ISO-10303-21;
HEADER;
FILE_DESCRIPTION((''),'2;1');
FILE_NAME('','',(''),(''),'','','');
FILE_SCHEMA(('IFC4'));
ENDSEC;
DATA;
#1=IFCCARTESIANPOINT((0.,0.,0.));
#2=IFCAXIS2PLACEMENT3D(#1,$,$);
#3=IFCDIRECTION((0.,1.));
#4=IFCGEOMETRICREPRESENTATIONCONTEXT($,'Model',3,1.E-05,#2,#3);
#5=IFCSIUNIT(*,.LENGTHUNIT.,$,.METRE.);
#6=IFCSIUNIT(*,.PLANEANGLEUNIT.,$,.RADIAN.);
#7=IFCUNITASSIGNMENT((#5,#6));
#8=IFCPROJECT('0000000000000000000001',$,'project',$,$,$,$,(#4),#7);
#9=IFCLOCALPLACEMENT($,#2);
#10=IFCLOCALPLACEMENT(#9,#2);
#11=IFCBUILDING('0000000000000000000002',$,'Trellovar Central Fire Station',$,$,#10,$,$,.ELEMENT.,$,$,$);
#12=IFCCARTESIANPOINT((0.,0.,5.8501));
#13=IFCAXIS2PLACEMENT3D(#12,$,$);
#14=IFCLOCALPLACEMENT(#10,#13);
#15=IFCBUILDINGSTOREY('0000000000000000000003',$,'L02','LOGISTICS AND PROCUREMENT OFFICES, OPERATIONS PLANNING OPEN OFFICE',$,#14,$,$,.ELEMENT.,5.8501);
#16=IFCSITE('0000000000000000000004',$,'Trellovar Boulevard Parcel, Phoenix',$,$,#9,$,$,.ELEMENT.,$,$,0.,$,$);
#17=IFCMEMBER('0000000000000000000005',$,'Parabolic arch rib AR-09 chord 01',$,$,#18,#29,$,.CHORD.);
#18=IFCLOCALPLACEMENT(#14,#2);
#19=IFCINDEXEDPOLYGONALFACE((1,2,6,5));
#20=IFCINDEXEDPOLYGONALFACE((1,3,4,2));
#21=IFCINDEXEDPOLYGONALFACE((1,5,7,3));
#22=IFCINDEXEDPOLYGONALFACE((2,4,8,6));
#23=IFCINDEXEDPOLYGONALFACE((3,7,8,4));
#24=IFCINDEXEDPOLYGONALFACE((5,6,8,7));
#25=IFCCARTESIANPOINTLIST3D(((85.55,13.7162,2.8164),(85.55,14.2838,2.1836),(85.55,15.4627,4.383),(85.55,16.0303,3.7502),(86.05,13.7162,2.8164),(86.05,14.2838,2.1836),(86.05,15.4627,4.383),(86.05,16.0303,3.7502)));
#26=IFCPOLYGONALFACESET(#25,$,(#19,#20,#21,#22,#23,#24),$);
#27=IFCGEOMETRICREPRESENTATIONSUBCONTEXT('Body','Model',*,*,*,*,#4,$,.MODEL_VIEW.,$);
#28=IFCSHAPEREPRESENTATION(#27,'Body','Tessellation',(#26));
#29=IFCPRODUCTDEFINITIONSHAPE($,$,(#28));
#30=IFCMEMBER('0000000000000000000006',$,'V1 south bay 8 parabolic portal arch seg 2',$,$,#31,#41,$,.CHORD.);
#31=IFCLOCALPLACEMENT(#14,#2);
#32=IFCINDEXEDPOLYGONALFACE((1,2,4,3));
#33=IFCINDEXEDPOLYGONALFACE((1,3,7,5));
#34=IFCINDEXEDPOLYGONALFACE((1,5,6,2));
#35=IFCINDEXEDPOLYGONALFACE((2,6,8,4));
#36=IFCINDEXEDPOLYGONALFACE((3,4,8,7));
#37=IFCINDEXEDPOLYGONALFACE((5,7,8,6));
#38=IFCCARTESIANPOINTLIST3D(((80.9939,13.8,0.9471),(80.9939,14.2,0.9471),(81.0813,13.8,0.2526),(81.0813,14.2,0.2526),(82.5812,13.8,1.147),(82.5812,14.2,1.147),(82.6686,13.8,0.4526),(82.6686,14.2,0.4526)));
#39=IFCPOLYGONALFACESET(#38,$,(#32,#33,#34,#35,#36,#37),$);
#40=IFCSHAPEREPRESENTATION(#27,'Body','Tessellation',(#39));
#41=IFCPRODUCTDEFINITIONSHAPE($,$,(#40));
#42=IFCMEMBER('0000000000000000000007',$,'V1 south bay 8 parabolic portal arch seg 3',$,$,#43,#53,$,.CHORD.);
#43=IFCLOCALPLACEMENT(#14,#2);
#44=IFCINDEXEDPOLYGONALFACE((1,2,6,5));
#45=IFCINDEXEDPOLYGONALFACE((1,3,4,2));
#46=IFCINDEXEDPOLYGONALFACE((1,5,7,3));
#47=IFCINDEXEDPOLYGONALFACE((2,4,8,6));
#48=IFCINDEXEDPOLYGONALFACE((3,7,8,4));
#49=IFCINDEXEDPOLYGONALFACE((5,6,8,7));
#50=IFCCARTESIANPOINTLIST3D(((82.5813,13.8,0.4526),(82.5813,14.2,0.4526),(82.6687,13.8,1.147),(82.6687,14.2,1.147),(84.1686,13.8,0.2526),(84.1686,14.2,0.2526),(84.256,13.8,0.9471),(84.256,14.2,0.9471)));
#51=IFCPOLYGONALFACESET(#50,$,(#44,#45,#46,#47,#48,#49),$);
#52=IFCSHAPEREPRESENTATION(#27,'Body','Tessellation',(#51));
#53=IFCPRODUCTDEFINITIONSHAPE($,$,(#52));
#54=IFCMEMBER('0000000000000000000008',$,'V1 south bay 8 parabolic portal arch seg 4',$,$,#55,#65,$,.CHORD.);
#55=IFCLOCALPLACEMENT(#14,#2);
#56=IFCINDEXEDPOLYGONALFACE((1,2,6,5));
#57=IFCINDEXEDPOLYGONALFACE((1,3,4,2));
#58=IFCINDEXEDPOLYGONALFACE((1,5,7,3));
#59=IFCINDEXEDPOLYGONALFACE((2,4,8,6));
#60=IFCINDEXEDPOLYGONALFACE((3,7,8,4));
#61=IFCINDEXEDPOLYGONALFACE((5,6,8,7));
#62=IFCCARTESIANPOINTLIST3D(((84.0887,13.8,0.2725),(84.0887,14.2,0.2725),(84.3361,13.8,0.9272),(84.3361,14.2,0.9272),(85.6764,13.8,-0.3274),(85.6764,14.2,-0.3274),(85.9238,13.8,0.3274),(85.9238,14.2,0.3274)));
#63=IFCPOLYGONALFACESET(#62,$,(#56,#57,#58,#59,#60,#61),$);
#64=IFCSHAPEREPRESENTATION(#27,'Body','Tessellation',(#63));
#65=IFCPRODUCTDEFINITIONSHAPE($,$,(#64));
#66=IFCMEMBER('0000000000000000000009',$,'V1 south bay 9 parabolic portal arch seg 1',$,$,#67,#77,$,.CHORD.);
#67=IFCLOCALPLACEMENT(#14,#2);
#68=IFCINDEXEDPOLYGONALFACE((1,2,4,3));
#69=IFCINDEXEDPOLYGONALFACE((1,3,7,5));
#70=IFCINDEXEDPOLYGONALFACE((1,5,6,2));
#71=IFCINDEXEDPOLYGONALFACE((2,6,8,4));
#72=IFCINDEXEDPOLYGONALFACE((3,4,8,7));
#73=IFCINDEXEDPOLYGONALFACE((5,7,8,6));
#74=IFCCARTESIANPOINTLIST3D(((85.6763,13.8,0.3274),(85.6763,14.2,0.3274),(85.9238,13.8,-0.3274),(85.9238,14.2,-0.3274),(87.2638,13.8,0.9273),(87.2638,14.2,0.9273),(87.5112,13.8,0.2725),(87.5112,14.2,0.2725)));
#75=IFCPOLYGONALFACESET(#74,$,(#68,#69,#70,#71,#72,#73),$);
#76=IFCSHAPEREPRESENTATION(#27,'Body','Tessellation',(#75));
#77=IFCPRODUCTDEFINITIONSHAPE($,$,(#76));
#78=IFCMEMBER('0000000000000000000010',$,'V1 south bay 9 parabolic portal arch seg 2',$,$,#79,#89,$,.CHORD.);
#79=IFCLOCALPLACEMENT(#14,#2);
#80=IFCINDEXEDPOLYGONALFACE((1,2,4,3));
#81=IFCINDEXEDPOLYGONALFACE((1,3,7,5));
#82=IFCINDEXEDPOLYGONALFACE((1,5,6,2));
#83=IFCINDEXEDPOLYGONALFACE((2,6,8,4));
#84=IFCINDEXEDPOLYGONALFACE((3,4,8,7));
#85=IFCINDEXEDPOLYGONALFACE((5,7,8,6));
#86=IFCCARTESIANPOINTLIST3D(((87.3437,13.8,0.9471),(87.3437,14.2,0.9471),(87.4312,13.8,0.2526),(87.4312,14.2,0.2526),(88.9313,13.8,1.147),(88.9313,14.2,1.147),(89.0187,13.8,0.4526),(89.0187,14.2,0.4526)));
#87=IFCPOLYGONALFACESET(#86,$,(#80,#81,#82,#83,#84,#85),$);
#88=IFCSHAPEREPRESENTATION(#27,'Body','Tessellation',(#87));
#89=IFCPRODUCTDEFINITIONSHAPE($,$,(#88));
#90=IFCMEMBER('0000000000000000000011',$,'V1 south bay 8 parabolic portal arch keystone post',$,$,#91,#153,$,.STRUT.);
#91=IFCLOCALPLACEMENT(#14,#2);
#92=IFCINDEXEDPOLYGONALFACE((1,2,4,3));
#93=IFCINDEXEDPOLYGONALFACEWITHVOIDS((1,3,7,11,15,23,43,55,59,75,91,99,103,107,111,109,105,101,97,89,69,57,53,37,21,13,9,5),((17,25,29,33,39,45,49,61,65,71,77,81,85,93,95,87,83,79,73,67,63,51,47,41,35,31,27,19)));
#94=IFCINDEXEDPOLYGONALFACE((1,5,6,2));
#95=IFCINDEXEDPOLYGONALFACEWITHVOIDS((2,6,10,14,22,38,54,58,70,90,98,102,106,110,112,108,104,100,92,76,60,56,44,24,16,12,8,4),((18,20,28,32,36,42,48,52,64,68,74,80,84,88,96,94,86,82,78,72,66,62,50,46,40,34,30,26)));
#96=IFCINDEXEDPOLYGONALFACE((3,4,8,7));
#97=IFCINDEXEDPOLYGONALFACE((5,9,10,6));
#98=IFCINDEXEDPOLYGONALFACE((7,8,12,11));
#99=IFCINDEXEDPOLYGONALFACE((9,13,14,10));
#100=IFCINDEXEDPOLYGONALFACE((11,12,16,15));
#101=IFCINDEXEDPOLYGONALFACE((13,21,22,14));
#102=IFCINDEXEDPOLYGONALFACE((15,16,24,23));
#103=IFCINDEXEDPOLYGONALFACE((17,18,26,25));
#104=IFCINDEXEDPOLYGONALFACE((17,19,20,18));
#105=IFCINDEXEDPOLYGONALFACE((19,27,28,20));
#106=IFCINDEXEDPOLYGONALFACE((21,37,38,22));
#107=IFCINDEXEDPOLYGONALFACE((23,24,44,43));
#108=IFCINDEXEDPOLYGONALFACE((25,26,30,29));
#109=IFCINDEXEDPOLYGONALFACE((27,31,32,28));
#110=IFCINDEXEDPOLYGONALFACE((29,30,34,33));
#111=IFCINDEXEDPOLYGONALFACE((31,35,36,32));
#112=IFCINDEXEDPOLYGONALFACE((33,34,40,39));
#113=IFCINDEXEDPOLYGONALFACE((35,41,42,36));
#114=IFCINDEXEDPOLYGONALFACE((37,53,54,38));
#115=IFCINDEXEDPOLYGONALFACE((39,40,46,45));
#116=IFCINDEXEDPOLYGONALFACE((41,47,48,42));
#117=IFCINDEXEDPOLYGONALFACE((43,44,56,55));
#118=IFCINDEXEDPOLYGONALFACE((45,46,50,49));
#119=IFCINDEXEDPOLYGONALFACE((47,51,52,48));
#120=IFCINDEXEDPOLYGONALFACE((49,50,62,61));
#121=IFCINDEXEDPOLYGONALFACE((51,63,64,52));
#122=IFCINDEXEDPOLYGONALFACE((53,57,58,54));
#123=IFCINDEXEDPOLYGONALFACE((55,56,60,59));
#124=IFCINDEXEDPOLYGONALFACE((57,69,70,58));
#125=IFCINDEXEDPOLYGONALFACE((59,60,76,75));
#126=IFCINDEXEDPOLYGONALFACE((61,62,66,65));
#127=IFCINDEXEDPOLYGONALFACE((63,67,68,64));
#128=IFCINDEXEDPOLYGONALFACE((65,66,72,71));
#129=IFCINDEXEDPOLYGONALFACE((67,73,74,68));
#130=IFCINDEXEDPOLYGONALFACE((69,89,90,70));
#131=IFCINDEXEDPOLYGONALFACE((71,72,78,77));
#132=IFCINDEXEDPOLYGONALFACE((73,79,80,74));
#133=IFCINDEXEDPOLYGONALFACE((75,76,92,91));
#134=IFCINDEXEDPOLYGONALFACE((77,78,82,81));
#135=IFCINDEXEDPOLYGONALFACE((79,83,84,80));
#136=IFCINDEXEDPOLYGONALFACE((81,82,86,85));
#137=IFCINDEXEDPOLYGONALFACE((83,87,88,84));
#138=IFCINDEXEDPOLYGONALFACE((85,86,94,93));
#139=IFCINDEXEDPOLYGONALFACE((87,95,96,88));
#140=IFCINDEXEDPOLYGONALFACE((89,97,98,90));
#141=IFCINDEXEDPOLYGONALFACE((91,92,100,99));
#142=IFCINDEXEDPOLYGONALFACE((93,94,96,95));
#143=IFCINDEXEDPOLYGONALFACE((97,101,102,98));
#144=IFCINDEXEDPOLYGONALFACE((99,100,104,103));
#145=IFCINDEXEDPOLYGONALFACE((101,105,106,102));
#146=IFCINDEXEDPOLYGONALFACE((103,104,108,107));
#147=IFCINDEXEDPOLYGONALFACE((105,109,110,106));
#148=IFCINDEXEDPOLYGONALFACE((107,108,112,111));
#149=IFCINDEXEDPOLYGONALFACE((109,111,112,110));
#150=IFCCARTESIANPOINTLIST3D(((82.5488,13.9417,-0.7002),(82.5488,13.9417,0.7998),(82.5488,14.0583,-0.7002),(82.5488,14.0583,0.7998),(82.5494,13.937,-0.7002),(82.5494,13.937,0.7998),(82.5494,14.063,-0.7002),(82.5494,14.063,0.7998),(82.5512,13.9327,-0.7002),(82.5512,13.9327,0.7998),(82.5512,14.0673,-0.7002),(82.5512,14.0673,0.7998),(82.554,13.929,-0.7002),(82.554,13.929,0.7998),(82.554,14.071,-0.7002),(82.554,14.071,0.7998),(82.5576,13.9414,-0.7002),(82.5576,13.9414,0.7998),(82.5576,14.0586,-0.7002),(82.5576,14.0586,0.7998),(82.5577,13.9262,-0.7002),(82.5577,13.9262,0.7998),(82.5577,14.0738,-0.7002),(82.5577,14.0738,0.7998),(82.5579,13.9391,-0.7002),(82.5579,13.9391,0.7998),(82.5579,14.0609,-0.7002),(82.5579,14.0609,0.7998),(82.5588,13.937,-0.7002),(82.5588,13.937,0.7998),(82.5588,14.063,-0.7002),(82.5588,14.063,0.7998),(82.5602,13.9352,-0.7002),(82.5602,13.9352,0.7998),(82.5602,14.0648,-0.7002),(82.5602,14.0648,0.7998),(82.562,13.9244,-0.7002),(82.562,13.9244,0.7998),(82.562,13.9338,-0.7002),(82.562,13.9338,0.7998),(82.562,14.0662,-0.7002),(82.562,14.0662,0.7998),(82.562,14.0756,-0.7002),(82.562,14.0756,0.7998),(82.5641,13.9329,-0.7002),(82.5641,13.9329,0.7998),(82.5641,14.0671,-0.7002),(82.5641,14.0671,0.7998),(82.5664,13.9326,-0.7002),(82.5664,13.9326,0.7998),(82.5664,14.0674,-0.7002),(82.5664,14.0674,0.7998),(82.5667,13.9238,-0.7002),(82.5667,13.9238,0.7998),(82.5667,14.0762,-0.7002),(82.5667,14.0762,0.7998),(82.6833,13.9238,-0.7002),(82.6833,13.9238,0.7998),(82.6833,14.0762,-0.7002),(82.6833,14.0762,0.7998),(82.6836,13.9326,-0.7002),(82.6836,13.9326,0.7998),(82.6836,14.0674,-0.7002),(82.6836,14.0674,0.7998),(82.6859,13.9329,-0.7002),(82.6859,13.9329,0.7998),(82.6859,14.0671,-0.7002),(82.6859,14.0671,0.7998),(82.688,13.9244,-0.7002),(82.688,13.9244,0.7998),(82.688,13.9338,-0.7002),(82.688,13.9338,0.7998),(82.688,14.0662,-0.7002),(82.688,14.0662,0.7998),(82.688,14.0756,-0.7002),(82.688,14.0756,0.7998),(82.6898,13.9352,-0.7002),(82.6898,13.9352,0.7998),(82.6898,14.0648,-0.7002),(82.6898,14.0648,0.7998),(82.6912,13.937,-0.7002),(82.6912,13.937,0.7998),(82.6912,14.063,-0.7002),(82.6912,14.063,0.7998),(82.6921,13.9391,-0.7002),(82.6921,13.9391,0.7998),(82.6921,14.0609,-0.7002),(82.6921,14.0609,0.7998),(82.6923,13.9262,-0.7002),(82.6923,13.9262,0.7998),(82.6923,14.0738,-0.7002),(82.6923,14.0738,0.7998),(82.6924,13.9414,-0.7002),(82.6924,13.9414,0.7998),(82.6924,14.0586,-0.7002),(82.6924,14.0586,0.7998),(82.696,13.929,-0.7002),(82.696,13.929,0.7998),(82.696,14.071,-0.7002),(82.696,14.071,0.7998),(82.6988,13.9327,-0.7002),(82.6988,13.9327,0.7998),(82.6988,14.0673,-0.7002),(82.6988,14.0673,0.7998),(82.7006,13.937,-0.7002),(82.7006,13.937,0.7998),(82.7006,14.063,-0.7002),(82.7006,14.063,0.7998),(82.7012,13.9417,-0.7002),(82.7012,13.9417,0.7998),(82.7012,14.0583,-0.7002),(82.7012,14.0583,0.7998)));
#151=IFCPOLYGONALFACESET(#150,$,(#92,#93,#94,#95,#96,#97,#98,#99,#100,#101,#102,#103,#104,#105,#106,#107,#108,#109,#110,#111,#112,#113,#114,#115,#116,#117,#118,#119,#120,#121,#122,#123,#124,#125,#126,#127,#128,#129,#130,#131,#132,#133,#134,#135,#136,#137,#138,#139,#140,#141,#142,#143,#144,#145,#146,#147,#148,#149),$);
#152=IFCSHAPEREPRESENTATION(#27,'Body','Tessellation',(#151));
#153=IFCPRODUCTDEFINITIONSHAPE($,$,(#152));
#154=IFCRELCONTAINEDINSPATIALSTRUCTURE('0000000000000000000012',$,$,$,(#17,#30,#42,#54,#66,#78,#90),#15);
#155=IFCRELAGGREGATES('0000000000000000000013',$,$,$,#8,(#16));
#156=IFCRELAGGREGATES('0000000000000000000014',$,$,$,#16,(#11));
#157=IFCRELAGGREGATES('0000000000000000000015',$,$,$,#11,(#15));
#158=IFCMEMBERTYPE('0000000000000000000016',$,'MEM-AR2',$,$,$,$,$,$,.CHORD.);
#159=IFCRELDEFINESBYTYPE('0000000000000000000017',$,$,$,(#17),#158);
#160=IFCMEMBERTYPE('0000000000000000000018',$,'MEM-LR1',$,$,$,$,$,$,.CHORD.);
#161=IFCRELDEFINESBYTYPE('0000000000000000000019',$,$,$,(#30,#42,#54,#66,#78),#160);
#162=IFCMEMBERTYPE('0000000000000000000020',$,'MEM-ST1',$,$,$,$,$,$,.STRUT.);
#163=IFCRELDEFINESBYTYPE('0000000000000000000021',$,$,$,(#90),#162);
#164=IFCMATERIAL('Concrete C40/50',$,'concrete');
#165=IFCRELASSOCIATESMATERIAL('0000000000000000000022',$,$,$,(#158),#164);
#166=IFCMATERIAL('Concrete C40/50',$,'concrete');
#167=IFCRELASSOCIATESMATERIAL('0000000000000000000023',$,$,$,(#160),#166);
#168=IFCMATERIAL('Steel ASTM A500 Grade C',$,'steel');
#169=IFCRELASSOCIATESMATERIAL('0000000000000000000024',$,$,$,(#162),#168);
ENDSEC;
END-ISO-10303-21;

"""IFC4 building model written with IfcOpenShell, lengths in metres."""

from ifc_helpers import new_model, si_unit, direction, frame, origin, origin_2d, place, context, subcontext, project, spatial, rectangle, hollow_rectangle, extrude, material, material_profile, profile_set, type_object, element, save


model = new_model("IFC4")

# Units and contexts
model_context = context("Model", 3, precision=1e-05, world=origin(), true_north=direction((0.0, 1.0)))
body_context = subcontext(model_context, "Body", "Model", "MODEL_VIEW")
ifc_project = project(units=[si_unit("LENGTHUNIT", "METRE"), si_unit("PLANEANGLEUNIT", "RADIAN")], contexts=[model_context])

# Site, building, storey
site_placement = place(None, origin())
site = spatial("IfcSite", under=ifc_project, at=site_placement, Name="Trellovar Boulevard Parcel, Phoenix", CompositionType="ELEMENT", RefElevation=0.0)
building_placement = place(site_placement, origin())
building = spatial("IfcBuilding", under=site, at=building_placement, Name="Trellovar Central Fire Station", CompositionType="ELEMENT")
storey_placement = place(building_placement, frame((0.0, 0.0, 5.8501)))
storey = spatial("IfcBuildingStorey", under=building, at=storey_placement, Name="L02", Description="LOGISTICS AND PROCUREMENT OFFICES, OPERATIONS PLANNING OPEN OFFICE", CompositionType="ELEMENT", Elevation=5.8501)

# Members
ifc_material_1 = material(Name="Concrete C40/50", Category="concrete")
ifc_material_profile_1 = material_profile(ifc_material_1, rectangle(XDim=0.5, YDim=0.8501, at=origin_2d()), Name="RC500X850")
ifc_profile_set_1 = profile_set([ifc_material_profile_1], Name="Concrete C40/50")
member_type_1 = type_object("IfcMemberType", Name="MEM-AR2", PredefinedType="CHORD", material=ifc_profile_set_1)
member_1_placement = place(storey_placement, frame((85.8, 14.0, 2.5), z_axis=(0.0, 0.744411, 0.667722), x_axis=(-1.0, 0.0, 0.0)))
element("IfcMember", 1, at=member_1_placement, inside=storey, type_object=member_type_1, Name="Parabolic arch rib AR-09 chord 01", PredefinedType="CHORD", context=body_context, shape_type="SweptSolid", body=[
    extrude(rectangle(XDim=0.5, YDim=0.8501, at=origin_2d()), origin(), (0.0, 0.0, 1.0), 2.3462),
])
ifc_material_2 = material(Name="Concrete C40/50", Category="concrete")
ifc_material_profile_2 = material_profile(ifc_material_2, rectangle(XDim=0.3999, YDim=0.7, at=origin_2d()), Name="RC400X700")
ifc_profile_set_2 = profile_set([ifc_material_profile_2], Name="Concrete C40/50")
member_type_2 = type_object("IfcMemberType", Name="MEM-LR1", PredefinedType="CHORD", material=ifc_profile_set_2)
for number, where, z_axis, x_axis, name in (
    (2, (81.0376, 14.0, 0.5999), (0.99216, 0.0, 0.124974), (0.0, 1.0, 0.0), "V1 south bay 8 parabolic portal arch seg 2"),
    (3, (82.625, 14.0, 0.7998), (0.99216, 0.0, -0.124974), (0.0, 1.0, 0.0), "V1 south bay 8 parabolic portal arch seg 3"),
):
    element("IfcMember", number, at=place(storey_placement, frame(where, z_axis=z_axis, x_axis=x_axis)), inside=storey, type_object=member_type_2, Name=name, PredefinedType="CHORD", context=body_context, shape_type="SweptSolid", body=[
        extrude(rectangle(XDim=0.3999, YDim=0.7, at=origin_2d()), origin(), (0.0, 0.0, 1.0), 1.5999),
    ])
member_2_placement = place(storey_placement, frame((84.2124, 14.0, 0.5999), z_axis=(0.935457, 0.0, -0.35344), x_axis=(0.0, 1.0, 0.0)))
element("IfcMember", 4, at=member_2_placement, inside=storey, type_object=member_type_2, Name="V1 south bay 8 parabolic portal arch seg 4", PredefinedType="CHORD", context=body_context, shape_type="SweptSolid", body=[
    extrude(rectangle(XDim=0.3999, YDim=0.7, at=origin_2d()), origin(), (0.0, 0.0, 1.0), 1.6973),
])
member_3_placement = place(storey_placement, frame((85.8, 14.0, 0.0), z_axis=(0.935439, 0.0, 0.353487), x_axis=(0.0, 1.0, 0.0)))
element("IfcMember", 5, at=member_3_placement, inside=storey, type_object=member_type_2, Name="V1 south bay 9 parabolic portal arch seg 1", PredefinedType="CHORD", context=body_context, shape_type="SweptSolid", body=[
    extrude(rectangle(XDim=0.3999, YDim=0.7, at=origin_2d()), origin(), (0.0, 0.0, 1.0), 1.697),
])
member_4_placement = place(storey_placement, frame((87.3875, 14.0, 0.5999), z_axis=(0.992162, 0.0, 0.124955), x_axis=(0.0, 1.0, 0.0)))
element("IfcMember", 6, at=member_4_placement, inside=storey, type_object=member_type_2, Name="V1 south bay 9 parabolic portal arch seg 2", PredefinedType="CHORD", context=body_context, shape_type="SweptSolid", body=[
    extrude(rectangle(XDim=0.3999, YDim=0.7, at=origin_2d()), origin(), (0.0, 0.0, 1.0), 1.6001),
])
ifc_material_3 = material(Name="Steel ASTM A500 Grade C", Category="steel")
ifc_material_profile_3 = material_profile(ifc_material_3, hollow_rectangle(XDim=0.1523, YDim=0.1523, WallThickness=0.0088, InnerFilletRadius=0.0088, OuterFilletRadius=0.0178, at=origin_2d()), Name="HSS6X6X3/8")
ifc_profile_set_3 = profile_set([ifc_material_profile_3], Name="Steel ASTM A500 Grade C")
member_type_3 = type_object("IfcMemberType", Name="MEM-ST1", PredefinedType="STRUT", material=ifc_profile_set_3)
for number, where, z_axis, x_axis, name in (
    (7, (82.625, 14.0, -0.7002), (0.0, 0.0, 1.0), (1.0, 0.0, 0.0), "V1 south bay 8 parabolic portal arch keystone post"),
):
    element("IfcMember", number, at=place(storey_placement, frame(where, z_axis=z_axis, x_axis=x_axis)), inside=storey, type_object=member_type_3, Name=name, PredefinedType="STRUT", context=body_context, shape_type="SweptSolid", body=[
        extrude(hollow_rectangle(XDim=0.1523, YDim=0.1523, WallThickness=0.0088, InnerFilletRadius=0.0088, OuterFilletRadius=0.0178, at=origin_2d()), origin(), (0.0, 0.0, 1.0), 1.5),
    ])

save(model, "model.ifc")
